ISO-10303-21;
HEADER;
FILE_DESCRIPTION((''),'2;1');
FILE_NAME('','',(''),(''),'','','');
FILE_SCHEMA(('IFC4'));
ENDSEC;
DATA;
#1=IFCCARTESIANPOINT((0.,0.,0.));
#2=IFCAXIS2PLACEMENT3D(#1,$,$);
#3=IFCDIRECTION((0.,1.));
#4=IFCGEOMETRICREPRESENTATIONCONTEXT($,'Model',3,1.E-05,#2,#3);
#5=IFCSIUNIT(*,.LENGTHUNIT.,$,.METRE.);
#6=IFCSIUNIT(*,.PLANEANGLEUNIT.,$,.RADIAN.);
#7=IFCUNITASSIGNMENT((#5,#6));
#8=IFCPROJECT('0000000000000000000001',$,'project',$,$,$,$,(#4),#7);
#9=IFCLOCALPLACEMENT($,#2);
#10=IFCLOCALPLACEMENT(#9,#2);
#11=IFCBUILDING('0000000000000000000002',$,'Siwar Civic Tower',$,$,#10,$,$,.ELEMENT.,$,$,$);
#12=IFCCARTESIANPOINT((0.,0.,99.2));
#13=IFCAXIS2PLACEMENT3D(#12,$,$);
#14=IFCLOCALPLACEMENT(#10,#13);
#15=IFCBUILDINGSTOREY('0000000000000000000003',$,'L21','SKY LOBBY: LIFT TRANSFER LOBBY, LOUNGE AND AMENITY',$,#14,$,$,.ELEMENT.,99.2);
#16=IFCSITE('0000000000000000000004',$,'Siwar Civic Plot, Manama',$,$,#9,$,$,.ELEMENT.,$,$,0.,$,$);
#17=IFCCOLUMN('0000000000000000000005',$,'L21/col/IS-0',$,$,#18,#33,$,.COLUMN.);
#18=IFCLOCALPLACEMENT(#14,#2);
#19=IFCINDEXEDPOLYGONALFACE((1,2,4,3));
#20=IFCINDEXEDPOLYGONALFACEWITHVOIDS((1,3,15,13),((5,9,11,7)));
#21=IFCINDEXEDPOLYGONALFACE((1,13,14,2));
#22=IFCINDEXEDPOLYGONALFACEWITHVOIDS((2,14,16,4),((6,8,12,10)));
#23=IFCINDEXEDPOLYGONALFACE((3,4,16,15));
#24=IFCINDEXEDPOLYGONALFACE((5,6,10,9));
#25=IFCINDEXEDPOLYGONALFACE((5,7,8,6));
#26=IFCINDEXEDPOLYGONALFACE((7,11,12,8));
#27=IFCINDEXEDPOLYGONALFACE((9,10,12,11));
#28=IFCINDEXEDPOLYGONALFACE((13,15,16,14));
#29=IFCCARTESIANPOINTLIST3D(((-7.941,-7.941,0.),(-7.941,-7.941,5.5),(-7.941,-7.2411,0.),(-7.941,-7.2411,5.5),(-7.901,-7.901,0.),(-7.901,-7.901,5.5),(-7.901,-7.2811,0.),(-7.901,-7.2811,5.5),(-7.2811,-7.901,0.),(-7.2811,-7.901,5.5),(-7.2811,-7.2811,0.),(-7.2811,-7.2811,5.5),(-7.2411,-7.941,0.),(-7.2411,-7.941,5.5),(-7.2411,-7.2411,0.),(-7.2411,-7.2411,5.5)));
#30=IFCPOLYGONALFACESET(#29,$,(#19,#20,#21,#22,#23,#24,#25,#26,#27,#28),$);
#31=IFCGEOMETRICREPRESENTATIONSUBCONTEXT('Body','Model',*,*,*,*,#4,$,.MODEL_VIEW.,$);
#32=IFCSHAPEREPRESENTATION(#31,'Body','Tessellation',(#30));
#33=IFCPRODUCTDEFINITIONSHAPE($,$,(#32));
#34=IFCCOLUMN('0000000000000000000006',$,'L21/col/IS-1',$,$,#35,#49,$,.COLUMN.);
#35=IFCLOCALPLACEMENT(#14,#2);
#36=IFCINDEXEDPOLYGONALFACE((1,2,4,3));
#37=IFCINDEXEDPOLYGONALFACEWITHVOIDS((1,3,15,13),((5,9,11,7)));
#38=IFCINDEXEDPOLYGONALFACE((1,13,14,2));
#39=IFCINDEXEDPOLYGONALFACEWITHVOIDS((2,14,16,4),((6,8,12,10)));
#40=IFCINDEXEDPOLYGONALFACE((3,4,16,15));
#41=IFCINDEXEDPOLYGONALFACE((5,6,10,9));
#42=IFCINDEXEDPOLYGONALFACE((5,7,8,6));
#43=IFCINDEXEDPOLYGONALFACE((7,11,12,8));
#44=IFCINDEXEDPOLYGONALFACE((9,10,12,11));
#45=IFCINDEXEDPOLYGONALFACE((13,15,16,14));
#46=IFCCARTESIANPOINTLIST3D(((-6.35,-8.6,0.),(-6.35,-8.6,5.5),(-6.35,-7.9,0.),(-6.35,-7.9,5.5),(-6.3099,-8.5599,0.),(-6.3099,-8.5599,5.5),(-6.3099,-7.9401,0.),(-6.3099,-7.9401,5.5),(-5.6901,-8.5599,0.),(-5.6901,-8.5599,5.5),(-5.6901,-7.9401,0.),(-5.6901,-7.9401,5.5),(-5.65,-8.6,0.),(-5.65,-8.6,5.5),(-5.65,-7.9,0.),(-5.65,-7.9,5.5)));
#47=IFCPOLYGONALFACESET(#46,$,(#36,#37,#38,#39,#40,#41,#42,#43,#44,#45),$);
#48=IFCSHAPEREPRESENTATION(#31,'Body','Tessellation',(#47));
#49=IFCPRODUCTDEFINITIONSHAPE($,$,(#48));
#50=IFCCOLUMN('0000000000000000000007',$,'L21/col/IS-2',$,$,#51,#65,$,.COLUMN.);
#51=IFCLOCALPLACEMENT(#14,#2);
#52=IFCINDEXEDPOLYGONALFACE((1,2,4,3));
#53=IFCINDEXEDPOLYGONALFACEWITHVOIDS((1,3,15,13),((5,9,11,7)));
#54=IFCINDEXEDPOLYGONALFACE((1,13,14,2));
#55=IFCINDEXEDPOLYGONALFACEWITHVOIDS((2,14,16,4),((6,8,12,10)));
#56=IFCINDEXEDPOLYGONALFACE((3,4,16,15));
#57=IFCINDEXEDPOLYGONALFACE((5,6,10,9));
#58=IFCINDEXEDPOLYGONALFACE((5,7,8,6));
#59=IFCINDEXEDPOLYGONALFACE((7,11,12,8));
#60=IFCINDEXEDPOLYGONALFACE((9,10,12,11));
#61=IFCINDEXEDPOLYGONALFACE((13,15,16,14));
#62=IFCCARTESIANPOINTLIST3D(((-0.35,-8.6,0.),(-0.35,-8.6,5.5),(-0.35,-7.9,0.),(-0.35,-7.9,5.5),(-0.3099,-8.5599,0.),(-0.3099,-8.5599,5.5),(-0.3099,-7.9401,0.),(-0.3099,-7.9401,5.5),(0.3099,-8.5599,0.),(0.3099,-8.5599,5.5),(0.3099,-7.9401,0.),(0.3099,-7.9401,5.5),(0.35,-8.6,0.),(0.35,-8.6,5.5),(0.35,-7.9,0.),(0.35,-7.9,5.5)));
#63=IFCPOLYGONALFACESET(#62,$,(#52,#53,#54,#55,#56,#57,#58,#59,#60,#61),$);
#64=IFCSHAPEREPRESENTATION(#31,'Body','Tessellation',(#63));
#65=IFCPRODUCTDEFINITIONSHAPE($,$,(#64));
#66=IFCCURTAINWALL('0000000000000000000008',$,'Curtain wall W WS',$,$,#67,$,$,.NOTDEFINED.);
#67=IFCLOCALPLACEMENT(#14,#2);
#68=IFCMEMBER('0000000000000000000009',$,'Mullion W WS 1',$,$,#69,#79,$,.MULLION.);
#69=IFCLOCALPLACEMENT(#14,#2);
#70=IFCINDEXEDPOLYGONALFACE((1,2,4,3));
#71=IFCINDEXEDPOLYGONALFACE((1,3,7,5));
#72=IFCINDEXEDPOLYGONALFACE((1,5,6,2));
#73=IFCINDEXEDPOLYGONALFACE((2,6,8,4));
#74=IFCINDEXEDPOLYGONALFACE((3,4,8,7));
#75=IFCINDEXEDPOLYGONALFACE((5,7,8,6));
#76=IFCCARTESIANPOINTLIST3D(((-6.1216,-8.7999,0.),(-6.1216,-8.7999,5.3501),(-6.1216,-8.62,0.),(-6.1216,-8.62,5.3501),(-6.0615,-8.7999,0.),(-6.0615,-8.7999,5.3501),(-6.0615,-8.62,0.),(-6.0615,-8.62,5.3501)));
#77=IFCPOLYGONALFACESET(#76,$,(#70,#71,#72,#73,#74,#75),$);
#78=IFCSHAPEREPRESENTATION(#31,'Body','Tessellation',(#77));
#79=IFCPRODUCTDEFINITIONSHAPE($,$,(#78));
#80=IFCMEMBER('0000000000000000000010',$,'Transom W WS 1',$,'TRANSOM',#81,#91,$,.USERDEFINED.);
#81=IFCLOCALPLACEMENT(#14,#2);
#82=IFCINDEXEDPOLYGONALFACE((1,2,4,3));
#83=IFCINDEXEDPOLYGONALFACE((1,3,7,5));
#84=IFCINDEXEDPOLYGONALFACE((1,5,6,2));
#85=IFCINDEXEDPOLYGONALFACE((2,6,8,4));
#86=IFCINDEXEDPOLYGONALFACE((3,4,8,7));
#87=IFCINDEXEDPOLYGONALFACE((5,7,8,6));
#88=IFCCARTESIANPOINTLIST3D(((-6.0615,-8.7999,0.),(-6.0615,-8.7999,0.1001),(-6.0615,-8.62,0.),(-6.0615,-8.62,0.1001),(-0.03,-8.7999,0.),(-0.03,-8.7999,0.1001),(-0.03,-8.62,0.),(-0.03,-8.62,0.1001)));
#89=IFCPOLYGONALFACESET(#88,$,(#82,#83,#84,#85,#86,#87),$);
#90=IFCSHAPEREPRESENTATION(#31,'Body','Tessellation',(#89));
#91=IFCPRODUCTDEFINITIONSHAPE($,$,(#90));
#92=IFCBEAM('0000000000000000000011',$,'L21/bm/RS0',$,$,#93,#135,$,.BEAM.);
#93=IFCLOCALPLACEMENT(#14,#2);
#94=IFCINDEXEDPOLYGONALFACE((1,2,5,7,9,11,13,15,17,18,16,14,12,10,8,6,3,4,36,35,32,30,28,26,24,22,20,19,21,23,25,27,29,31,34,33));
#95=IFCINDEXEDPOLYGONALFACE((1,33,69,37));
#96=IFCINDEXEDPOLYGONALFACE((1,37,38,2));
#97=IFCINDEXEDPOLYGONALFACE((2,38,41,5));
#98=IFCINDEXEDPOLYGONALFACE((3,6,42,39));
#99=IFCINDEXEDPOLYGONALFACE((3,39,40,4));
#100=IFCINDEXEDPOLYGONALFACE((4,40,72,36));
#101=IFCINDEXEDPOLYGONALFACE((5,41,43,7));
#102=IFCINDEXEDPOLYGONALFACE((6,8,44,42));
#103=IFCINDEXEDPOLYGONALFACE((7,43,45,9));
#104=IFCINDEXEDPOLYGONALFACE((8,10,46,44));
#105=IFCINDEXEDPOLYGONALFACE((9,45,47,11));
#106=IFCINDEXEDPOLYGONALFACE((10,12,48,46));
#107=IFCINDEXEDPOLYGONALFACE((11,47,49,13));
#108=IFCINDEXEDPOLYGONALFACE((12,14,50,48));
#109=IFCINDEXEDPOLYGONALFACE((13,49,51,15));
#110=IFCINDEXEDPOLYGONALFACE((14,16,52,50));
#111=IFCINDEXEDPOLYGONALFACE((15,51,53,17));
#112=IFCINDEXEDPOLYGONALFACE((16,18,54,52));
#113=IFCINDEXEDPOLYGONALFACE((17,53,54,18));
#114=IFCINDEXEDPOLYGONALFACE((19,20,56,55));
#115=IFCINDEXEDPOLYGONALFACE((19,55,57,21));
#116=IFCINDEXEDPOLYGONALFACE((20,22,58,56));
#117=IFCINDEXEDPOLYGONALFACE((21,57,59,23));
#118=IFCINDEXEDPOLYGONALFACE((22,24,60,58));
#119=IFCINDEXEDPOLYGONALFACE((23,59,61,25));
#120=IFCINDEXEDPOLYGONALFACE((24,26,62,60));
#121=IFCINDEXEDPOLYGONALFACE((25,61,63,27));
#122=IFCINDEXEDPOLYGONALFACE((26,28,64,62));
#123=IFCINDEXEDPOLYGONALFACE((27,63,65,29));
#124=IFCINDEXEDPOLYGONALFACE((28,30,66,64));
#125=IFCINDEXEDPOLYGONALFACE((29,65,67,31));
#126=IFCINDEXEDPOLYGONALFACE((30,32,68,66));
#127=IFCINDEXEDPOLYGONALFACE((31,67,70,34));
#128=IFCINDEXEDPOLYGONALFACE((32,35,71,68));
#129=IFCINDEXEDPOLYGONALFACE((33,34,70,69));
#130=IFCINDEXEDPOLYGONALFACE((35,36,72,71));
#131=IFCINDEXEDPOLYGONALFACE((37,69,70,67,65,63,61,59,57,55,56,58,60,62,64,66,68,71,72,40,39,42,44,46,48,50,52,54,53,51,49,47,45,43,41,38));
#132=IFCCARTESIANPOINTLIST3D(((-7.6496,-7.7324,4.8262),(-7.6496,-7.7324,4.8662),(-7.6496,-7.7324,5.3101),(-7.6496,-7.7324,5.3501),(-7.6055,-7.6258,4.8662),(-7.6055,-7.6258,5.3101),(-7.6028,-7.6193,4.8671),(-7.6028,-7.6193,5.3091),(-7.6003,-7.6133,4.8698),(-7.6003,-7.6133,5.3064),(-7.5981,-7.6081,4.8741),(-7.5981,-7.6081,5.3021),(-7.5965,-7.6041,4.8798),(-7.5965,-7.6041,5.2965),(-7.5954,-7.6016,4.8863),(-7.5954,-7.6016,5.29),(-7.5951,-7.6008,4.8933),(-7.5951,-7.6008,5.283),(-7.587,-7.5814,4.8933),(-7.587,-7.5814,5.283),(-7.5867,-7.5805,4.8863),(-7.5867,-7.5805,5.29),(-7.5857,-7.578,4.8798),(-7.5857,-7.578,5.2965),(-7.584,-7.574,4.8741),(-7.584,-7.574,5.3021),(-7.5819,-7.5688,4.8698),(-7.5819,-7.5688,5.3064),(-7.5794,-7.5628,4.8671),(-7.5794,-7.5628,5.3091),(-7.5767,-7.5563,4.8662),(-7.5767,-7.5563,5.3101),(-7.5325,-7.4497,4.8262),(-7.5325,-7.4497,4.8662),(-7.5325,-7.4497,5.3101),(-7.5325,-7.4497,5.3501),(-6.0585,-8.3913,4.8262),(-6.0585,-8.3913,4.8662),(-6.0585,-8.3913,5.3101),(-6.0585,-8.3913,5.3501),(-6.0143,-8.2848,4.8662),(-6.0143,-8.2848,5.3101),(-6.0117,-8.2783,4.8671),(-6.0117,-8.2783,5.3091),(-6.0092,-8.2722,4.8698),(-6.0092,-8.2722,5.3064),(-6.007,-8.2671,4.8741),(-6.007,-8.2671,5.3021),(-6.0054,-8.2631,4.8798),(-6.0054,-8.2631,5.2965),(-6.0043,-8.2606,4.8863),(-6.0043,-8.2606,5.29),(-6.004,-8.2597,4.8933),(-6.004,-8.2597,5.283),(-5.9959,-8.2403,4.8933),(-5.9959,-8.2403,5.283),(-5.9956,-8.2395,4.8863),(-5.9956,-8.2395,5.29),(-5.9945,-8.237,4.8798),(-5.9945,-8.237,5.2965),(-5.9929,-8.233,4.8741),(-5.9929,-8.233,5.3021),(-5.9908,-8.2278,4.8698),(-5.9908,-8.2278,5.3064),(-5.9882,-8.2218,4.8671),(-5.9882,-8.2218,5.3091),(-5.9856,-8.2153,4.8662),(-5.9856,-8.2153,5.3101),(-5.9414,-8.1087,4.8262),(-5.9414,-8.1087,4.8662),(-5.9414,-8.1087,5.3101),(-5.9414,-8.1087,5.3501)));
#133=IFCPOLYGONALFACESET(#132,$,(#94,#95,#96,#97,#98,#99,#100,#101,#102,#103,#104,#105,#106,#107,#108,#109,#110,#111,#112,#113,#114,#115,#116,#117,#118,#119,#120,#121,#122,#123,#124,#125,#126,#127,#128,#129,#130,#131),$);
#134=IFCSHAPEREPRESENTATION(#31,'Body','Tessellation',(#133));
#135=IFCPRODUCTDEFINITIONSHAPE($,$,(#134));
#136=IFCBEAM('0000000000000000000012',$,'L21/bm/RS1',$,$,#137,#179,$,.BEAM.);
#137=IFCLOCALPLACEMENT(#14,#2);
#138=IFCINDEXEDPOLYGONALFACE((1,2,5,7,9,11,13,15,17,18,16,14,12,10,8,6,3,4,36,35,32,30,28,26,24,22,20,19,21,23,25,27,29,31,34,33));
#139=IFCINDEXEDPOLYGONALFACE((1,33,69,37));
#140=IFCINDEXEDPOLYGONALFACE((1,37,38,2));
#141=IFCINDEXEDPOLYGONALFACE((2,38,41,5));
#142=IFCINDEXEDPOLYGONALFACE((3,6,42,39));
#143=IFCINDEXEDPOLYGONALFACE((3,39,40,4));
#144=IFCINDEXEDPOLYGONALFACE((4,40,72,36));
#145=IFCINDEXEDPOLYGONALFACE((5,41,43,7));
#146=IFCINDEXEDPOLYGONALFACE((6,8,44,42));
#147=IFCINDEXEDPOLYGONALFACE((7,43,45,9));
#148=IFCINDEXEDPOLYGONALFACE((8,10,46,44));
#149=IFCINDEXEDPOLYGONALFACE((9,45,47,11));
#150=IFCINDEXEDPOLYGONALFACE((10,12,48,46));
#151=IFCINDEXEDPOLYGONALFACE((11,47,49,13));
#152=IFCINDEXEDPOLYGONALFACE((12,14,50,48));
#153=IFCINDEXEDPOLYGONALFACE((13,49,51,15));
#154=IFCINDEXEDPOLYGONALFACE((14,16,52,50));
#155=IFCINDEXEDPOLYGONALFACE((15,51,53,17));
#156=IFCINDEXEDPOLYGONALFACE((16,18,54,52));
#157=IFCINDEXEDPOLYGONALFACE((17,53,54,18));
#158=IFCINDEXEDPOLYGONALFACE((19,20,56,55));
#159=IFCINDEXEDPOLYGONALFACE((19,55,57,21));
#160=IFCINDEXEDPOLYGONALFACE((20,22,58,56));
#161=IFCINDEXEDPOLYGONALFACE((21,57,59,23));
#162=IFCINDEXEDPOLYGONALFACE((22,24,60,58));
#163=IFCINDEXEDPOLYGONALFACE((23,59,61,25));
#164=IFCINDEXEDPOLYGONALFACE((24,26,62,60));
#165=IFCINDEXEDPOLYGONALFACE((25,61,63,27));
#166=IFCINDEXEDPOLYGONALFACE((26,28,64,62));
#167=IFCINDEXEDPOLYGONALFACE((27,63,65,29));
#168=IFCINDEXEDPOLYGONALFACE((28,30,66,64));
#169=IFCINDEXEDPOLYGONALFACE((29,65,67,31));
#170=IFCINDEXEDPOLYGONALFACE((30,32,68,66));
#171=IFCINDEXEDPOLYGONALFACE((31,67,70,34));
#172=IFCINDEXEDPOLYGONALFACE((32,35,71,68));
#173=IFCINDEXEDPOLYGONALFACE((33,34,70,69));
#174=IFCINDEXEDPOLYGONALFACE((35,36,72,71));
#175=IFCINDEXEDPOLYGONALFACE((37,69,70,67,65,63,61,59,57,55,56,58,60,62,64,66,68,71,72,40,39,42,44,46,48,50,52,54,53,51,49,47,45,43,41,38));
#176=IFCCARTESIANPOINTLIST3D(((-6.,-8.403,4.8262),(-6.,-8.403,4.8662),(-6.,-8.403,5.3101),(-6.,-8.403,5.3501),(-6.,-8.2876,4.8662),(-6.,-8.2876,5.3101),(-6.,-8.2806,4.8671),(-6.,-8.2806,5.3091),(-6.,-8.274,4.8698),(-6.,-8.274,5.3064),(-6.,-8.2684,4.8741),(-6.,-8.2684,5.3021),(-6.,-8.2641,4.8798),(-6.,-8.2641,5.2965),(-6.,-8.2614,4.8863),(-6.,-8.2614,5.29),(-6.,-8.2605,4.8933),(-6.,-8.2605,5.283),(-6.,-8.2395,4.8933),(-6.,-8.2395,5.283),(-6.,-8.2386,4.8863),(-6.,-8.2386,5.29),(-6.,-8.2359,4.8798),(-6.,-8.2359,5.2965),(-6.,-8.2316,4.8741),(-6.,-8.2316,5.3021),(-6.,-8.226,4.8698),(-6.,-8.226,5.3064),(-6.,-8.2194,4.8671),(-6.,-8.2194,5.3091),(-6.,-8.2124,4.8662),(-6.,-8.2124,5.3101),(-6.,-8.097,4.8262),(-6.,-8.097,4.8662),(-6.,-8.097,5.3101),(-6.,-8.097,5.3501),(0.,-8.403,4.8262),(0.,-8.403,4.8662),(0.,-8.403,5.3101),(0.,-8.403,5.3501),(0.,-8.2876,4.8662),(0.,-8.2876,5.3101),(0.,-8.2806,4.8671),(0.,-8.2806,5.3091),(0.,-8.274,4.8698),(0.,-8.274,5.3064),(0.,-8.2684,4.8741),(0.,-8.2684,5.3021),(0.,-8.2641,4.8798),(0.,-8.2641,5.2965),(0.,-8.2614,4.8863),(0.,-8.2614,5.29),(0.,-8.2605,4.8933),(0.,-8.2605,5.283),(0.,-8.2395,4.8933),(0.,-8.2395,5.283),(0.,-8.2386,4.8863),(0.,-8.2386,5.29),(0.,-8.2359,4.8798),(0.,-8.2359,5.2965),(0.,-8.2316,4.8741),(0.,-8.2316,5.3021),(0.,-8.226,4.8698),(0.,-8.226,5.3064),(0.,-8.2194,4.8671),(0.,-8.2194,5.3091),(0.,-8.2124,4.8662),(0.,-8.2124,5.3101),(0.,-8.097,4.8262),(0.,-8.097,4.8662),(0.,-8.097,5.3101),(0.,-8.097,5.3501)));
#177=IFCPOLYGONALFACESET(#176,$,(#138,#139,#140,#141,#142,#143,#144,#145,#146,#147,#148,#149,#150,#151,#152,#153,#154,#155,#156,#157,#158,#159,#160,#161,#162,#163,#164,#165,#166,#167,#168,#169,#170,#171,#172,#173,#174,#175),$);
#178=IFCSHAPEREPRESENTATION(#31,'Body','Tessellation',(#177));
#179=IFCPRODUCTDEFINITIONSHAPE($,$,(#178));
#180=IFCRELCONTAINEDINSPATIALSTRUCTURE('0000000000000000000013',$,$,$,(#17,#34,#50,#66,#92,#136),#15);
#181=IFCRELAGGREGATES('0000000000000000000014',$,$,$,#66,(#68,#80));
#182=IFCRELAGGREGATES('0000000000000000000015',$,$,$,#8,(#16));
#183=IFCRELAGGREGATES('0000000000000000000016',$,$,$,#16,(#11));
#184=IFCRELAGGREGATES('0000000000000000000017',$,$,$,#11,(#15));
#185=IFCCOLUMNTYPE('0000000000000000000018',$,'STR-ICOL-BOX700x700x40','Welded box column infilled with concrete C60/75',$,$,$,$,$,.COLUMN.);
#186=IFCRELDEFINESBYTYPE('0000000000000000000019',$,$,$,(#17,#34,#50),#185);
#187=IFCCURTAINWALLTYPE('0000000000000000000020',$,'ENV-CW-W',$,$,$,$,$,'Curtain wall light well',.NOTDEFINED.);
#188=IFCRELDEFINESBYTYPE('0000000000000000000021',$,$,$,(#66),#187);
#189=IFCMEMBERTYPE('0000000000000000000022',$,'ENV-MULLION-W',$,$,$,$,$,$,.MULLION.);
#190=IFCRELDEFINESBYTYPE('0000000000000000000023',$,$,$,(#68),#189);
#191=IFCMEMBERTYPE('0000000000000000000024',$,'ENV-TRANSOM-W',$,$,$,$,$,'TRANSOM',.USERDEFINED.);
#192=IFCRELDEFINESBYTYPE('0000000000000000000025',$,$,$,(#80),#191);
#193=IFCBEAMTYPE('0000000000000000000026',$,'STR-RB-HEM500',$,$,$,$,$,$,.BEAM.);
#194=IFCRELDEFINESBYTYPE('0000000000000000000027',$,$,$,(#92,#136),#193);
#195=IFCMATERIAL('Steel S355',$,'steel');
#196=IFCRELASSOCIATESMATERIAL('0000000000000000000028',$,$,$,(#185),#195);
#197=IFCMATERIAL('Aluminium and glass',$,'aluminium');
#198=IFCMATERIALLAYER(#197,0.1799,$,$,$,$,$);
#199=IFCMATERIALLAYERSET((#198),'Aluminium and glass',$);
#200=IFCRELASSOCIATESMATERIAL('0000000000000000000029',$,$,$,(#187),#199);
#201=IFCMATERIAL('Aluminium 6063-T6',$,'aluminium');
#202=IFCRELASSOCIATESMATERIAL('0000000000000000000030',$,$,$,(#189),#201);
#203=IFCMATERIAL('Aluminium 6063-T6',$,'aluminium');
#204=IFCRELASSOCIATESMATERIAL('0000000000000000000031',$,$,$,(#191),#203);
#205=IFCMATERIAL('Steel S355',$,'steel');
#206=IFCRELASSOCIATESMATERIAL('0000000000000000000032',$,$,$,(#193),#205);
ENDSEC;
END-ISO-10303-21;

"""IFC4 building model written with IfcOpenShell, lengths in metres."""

from ifc_helpers import new_model, si_unit, direction, frame, origin, origin_2d, place, context, subcontext, project, spatial, rectangle, hollow_rectangle, i_section, extrude, material, layer, layer_set, material_profile, profile_set, type_object, element, aggregate, save


model = new_model("IFC4")

# Units and contexts
model_context = context("Model", 3, precision=1e-05, world=origin(), true_north=direction((0.0, 1.0)))
body_context = subcontext(model_context, "Body", "Model", "MODEL_VIEW")
ifc_project = project(units=[si_unit("LENGTHUNIT", "METRE"), si_unit("PLANEANGLEUNIT", "RADIAN")], contexts=[model_context])

# Site, building, storey
site_placement = place(None, origin())
site = spatial("IfcSite", under=ifc_project, at=site_placement, Name="Siwar Civic Plot, Manama", CompositionType="ELEMENT", RefElevation=0.0)
building_placement = place(site_placement, origin())
building = spatial("IfcBuilding", under=site, at=building_placement, Name="Siwar Civic Tower", CompositionType="ELEMENT")
storey_placement = place(building_placement, frame((0.0, 0.0, 99.2)))
storey = spatial("IfcBuildingStorey", under=building, at=storey_placement, Name="L21", Description="SKY LOBBY: LIFT TRANSFER LOBBY, LOUNGE AND AMENITY", CompositionType="ELEMENT", Elevation=99.2)

# Columns
ifc_material_1 = material(Name="Steel S355", Category="steel")
ifc_material_profile_1 = material_profile(ifc_material_1, hollow_rectangle(XDim=0.7, YDim=0.7, WallThickness=0.04, at=origin_2d()), Name="BOX700x700x40")
ifc_profile_set_1 = profile_set([ifc_material_profile_1], Name="Steel S355")
column_type = type_object("IfcColumnType", Name="STR-ICOL-BOX700x700x40", Description="Welded box column infilled with concrete C60/75", PredefinedType="COLUMN", material=ifc_profile_set_1)
for number, where, z_axis, x_axis, name in (
    (1, (-7.5911, -7.5911, 0.0), (0.0, 0.0, 1.0), (1.0, 0.0, 0.0), "L21/col/IS-0"),
    (2, (-6.0, -8.25, 0.0), (0.0, 0.0, 1.0), (1.0, 0.0, 0.0), "L21/col/IS-1"),
    (3, (0.0, -8.25, 0.0), (0.0, 0.0, 1.0), (1.0, 0.0, 0.0), "L21/col/IS-2"),
):
    element("IfcColumn", number, at=place(storey_placement, frame(where, z_axis=z_axis, x_axis=x_axis)), inside=storey, type_object=column_type, Name=name, PredefinedType="COLUMN", context=body_context, shape_type="SweptSolid", body=[
        extrude(hollow_rectangle(XDim=0.7, YDim=0.7, WallThickness=0.04, at=origin_2d()), origin(), (0.0, 0.0, 1.0), 5.5),
    ])

# Curtain wall, members
ifc_material_2 = material(Name="Aluminium and glass", Category="aluminium")
ifc_layer_1 = layer(ifc_material_2, 0.1799)
ifc_layer_set_1 = layer_set([ifc_layer_1], Name="Aluminium and glass")
curtain_wall_type = type_object("IfcCurtainWallType", Name="ENV-CW-W", ElementType="Curtain wall light well", PredefinedType="NOTDEFINED", material=ifc_layer_set_1)
curtain_wall_placement = place(storey_placement, origin())
curtain_wall = element("IfcCurtainWall", 4, at=curtain_wall_placement, inside=storey, type_object=curtain_wall_type, Name="Curtain wall W WS", PredefinedType="NOTDEFINED")
ifc_material_3 = material(Name="Aluminium 6063-T6", Category="aluminium")
ifc_material_profile_2 = material_profile(ifc_material_3, rectangle(XDim=0.1799, YDim=0.0601, at=origin_2d()), Name="AL 180x60")
ifc_profile_set_2 = profile_set([ifc_material_profile_2], Name="Aluminium 6063-T6")
member_type_1 = type_object("IfcMemberType", Name="ENV-MULLION-W", PredefinedType="MULLION", material=ifc_profile_set_2)
member_1_placement = place(storey_placement, frame((-6.0916, -8.71, 0.0), z_axis=(0.0, 0.0, 1.0), x_axis=(0.0, 1.0, 0.0)))
member_1 = element("IfcMember", 5, at=member_1_placement, type_object=member_type_1, Name="Mullion W WS 1", PredefinedType="MULLION", context=body_context, shape_type="SweptSolid", body=[
    extrude(rectangle(XDim=0.1799, YDim=0.0601, at=origin_2d()), origin(), (0.0, 0.0, 1.0), 5.3501),
])
ifc_material_4 = material(Name="Aluminium 6063-T6", Category="aluminium")
ifc_material_profile_3 = material_profile(ifc_material_4, rectangle(XDim=0.1799, YDim=0.1001, at=origin_2d()), Name="AL 180x100")
ifc_profile_set_3 = profile_set([ifc_material_profile_3], Name="Aluminium 6063-T6")
member_type_2 = type_object("IfcMemberType", Name="ENV-TRANSOM-W", ElementType="TRANSOM", PredefinedType="USERDEFINED", material=ifc_profile_set_3)
member_2_placement = place(storey_placement, frame((-6.0615, -8.71, 0.05), z_axis=(1.0, 0.0, 0.0), x_axis=(0.0, 1.0, 0.0)))
member_2 = element("IfcMember", 6, at=member_2_placement, type_object=member_type_2, Name="Transom W WS 1", ObjectType="TRANSOM", PredefinedType="USERDEFINED", context=body_context, shape_type="SweptSolid", body=[
    extrude(rectangle(XDim=0.1799, YDim=0.1001, at=origin_2d()), origin(), (0.0, 0.0, 1.0), 6.0315),
])

# Beams
ifc_material_5 = material(Name="Steel S355", Category="steel")
ifc_material_profile_4 = material_profile(ifc_material_5, i_section(OverallWidth=0.3059, OverallDepth=0.5239, WebThickness=0.021, FlangeThickness=0.04, FilletRadius=0.0271, at=origin_2d()), Name="HEM500")
ifc_profile_set_4 = profile_set([ifc_material_profile_4], Name="Steel S355")
beam_type = type_object("IfcBeamType", Name="STR-RB-HEM500", PredefinedType="BEAM", material=ifc_profile_set_4)
beam_1_placement = place(storey_placement, frame((-7.5911, -7.5911, 5.0881), z_axis=(0.923901, -0.382631, 0.0), x_axis=(0.382631, 0.923901, 0.0)))
element("IfcBeam", 7, at=beam_1_placement, inside=storey, type_object=beam_type, Name="L21/bm/RS0", PredefinedType="BEAM", context=body_context, shape_type="SweptSolid", body=[
    extrude(i_section(OverallWidth=0.3059, OverallDepth=0.5239, WebThickness=0.021, FlangeThickness=0.04, FilletRadius=0.0271, at=origin_2d()), origin(), (0.0, 0.0, 1.0), 1.7222),
])
for number, where, z_axis, x_axis, name in (
    (8, (-6.0, -8.25, 5.0881), (1.0, 0.0, 0.0), (0.0, 1.0, 0.0), "L21/bm/RS1"),
):
    element("IfcBeam", number, at=place(storey_placement, frame(where, z_axis=z_axis, x_axis=x_axis)), inside=storey, type_object=beam_type, Name=name, PredefinedType="BEAM", context=body_context, shape_type="SweptSolid", body=[
        extrude(i_section(OverallWidth=0.3059, OverallDepth=0.5239, WebThickness=0.021, FlangeThickness=0.04, FilletRadius=0.0271, at=origin_2d()), origin(), (0.0, 0.0, 1.0), 6.0),
    ])

aggregate(curtain_wall, [member_1, member_2])

save(model, "model.ifc")
